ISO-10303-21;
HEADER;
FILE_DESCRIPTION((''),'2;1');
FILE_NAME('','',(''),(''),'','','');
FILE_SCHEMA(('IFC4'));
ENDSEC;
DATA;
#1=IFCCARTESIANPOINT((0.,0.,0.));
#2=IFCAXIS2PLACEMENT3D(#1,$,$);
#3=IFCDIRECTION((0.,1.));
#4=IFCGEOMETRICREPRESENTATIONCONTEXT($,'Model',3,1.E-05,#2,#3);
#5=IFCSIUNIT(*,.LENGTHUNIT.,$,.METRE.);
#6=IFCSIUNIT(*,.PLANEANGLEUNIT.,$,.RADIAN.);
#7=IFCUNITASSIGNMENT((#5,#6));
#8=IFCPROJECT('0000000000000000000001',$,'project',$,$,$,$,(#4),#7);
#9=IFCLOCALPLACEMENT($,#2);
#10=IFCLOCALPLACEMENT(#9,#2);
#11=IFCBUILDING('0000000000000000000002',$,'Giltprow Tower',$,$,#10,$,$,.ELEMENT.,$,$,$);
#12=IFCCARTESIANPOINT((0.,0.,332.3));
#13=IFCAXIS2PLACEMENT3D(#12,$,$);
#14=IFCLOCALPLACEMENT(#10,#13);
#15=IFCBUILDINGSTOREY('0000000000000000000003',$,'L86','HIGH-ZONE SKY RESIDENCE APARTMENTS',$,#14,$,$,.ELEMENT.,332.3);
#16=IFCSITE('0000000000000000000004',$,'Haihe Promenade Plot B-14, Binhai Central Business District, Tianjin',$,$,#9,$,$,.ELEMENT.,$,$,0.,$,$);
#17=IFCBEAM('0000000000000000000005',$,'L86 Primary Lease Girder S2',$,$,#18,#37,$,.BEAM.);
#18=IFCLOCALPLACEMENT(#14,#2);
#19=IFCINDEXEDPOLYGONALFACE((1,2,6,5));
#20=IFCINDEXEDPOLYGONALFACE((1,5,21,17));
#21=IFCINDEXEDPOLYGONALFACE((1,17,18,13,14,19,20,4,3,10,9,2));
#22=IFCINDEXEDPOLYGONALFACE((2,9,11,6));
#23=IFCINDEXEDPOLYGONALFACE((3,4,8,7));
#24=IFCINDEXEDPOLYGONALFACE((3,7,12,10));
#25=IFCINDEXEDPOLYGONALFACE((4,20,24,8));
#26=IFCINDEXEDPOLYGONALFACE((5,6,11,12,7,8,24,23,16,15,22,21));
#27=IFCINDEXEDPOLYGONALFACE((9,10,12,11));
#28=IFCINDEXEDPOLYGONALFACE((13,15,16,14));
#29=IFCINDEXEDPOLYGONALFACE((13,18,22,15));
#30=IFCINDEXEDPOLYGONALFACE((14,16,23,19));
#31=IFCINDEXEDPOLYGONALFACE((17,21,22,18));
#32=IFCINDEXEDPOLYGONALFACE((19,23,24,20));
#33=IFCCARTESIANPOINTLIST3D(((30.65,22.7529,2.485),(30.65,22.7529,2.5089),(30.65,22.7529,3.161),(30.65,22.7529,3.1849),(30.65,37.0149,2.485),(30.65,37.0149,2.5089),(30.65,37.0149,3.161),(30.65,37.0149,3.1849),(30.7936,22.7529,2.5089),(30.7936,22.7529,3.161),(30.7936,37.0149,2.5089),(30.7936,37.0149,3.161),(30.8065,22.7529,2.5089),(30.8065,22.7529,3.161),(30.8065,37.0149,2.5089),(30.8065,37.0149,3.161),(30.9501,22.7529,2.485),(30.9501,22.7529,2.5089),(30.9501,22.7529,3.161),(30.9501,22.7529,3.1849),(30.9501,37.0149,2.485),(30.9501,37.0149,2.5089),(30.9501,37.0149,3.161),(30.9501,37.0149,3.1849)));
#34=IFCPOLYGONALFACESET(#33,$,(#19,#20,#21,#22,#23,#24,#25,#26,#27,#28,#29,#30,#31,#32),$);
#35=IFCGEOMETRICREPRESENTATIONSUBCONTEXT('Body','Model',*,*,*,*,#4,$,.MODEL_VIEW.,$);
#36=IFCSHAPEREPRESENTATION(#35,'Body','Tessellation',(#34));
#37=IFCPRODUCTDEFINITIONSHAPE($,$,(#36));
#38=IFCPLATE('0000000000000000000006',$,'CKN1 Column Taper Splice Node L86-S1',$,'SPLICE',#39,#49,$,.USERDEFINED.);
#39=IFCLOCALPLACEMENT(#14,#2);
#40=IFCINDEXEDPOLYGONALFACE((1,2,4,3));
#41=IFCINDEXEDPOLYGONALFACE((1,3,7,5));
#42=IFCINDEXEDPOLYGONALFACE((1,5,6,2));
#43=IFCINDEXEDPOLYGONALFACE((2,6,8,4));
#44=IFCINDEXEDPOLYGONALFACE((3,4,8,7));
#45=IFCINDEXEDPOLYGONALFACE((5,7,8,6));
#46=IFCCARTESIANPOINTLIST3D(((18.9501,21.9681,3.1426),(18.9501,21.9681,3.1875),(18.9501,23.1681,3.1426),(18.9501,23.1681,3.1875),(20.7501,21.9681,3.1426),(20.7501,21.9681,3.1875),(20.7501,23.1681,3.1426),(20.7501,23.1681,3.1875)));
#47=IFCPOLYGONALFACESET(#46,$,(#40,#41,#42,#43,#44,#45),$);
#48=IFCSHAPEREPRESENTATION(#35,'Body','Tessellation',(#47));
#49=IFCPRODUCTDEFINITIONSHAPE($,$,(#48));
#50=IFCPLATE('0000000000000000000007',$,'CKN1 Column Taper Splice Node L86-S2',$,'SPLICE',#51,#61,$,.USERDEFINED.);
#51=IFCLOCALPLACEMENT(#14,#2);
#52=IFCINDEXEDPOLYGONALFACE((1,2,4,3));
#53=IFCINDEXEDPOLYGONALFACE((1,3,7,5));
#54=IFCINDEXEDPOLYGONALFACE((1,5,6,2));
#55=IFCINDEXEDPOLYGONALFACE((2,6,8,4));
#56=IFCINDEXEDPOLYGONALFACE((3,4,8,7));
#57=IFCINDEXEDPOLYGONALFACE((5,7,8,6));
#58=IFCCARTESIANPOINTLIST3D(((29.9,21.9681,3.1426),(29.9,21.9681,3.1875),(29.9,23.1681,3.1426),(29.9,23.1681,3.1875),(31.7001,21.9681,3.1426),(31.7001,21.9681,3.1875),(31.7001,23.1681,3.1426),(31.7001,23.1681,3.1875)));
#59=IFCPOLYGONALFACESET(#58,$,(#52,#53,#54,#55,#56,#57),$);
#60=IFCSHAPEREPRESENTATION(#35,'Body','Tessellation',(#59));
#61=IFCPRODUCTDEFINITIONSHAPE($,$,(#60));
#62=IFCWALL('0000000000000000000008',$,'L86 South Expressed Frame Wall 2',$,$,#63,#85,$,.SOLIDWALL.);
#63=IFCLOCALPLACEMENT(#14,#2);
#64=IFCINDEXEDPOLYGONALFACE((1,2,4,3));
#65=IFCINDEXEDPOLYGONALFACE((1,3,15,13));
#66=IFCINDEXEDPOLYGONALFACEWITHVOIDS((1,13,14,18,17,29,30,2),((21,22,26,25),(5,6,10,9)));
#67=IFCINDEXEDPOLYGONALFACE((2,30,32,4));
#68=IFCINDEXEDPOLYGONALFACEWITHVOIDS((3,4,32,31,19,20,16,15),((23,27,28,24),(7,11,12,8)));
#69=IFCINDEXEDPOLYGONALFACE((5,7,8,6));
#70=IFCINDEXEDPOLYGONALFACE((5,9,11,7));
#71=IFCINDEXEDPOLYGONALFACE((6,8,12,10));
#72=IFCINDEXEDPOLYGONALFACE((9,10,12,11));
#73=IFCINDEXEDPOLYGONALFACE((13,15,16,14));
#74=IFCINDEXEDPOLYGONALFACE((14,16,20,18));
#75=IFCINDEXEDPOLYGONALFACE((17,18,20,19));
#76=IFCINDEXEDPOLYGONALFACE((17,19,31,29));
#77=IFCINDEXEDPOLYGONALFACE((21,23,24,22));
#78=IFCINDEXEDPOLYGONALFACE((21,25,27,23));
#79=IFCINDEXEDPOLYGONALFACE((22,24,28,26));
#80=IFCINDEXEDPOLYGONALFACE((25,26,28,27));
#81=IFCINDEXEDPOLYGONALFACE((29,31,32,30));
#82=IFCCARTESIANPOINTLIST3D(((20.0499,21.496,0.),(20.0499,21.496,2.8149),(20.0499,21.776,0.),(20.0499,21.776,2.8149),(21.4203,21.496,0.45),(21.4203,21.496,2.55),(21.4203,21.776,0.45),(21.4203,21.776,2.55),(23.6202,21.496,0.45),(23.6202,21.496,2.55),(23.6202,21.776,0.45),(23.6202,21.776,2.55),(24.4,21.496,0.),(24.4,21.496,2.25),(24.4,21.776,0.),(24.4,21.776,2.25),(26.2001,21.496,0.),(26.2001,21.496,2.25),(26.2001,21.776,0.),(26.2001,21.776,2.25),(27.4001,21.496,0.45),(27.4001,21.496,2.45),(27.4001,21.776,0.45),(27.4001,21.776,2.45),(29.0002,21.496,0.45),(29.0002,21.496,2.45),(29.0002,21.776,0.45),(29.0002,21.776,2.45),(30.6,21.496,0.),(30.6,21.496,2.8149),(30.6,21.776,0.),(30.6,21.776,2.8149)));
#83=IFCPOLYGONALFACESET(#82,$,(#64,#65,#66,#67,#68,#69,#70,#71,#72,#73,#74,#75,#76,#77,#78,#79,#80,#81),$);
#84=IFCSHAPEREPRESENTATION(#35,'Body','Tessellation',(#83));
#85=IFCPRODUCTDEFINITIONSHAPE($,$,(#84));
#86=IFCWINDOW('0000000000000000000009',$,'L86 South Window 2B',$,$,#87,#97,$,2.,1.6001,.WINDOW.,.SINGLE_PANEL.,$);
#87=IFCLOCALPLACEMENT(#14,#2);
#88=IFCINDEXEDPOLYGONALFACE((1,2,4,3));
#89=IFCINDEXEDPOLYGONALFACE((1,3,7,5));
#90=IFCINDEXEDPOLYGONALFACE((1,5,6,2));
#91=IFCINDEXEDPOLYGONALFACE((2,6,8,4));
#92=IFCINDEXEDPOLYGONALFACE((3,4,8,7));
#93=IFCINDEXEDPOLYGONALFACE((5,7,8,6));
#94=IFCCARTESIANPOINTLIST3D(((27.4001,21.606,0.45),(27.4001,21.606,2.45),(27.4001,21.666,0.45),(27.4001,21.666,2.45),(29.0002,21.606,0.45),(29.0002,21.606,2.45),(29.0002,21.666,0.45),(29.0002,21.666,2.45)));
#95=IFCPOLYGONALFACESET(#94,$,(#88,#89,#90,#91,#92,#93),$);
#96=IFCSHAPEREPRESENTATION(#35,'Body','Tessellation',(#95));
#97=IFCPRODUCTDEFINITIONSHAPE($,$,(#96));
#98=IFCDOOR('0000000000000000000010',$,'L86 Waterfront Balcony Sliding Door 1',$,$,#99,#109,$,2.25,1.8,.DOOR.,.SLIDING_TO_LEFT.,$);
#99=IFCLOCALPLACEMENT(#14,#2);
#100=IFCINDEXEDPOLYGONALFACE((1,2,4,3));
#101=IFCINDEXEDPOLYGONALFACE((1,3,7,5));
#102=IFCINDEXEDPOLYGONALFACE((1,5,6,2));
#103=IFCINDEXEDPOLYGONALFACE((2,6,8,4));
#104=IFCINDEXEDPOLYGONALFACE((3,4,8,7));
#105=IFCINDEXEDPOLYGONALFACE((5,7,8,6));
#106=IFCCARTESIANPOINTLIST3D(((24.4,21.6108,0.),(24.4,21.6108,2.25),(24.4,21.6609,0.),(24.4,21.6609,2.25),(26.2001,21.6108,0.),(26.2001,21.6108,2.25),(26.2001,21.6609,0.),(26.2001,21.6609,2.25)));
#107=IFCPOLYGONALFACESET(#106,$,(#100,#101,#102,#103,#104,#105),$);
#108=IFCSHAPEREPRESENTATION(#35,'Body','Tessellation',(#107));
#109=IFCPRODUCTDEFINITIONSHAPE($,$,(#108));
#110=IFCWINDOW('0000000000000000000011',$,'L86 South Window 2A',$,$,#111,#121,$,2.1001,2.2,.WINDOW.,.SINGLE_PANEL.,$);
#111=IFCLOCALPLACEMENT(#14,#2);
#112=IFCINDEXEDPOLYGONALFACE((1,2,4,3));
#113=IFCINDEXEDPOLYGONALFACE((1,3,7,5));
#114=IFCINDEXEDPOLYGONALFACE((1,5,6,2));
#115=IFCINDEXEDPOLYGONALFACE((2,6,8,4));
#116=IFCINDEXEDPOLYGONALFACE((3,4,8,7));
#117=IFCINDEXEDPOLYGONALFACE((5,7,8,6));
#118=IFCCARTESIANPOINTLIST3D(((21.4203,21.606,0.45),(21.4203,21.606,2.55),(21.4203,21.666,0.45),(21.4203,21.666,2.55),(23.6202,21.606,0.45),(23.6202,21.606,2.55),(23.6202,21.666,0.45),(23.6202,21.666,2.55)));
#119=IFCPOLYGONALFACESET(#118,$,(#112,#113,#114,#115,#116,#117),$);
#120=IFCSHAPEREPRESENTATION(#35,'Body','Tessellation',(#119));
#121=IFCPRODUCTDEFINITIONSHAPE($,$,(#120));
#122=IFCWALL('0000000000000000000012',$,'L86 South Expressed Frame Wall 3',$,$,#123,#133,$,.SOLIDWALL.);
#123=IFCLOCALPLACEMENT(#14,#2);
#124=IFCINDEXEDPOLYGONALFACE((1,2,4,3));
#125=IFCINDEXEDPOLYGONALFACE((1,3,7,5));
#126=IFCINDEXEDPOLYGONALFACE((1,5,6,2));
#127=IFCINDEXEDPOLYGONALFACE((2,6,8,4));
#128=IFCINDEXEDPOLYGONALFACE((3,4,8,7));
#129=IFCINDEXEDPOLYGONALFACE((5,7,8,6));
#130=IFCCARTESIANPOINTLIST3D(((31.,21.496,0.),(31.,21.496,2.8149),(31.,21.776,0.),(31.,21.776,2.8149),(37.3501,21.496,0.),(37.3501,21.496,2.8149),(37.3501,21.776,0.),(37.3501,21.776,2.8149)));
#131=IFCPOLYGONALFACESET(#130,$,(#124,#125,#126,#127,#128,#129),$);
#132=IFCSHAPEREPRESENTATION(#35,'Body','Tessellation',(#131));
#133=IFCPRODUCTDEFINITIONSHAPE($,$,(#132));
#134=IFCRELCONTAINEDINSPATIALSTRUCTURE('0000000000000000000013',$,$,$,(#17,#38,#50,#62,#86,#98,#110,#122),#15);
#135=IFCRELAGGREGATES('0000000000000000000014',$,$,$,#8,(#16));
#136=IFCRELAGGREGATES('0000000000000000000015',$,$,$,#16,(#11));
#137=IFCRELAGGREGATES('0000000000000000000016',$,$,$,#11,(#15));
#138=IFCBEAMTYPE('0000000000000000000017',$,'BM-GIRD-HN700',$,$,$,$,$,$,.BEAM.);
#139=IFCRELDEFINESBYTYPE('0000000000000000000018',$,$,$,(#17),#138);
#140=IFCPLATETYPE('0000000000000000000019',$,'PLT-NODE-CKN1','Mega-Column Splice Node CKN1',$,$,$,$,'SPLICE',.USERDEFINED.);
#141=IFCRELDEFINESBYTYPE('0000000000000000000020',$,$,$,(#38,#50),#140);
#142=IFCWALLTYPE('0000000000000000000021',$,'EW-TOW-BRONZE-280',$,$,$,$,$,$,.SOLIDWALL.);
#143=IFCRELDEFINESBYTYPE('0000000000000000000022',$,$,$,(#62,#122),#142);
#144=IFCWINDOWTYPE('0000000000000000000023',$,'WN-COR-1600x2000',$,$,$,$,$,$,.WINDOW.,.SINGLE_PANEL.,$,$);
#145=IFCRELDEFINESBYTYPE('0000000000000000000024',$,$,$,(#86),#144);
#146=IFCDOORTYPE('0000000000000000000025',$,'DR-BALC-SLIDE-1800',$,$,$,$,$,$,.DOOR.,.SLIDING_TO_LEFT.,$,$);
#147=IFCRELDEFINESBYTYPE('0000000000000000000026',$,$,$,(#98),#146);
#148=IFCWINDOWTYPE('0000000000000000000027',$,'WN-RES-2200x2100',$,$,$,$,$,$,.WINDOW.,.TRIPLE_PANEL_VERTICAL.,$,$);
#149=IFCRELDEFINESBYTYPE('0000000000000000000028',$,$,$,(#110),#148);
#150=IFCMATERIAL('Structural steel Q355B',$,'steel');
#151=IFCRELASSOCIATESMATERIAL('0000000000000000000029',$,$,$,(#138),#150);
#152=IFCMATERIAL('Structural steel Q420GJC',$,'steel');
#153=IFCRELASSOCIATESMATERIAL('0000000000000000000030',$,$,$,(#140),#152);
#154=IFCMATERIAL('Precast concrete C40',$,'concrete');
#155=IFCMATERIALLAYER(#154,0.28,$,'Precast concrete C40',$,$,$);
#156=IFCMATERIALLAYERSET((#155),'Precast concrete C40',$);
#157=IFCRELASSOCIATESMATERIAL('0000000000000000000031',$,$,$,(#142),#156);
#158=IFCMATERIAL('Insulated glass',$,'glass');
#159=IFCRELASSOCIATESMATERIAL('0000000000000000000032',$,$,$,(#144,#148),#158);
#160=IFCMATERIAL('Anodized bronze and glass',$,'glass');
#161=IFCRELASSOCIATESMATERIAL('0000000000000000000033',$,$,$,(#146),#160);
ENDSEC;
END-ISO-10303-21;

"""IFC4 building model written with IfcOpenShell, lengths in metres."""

from ifc_helpers import new_model, si_unit, direction, frame, frame_2d, origin, origin_2d, place, context, subcontext, project, spatial, rectangle, i_section, extrude, source, transform, mapped, material, layer, layer_set, material_profile, profile_set, type_object, element, fill, save


model = new_model("IFC4")

# Units and contexts
model_context = context("Model", 3, precision=1e-05, world=origin(), true_north=direction((0.0, 1.0)))
body_context = subcontext(model_context, "Body", "Model", "MODEL_VIEW")
ifc_project = project(units=[si_unit("LENGTHUNIT", "METRE"), si_unit("PLANEANGLEUNIT", "RADIAN")], contexts=[model_context])

# Site, building, storey
site_placement = place(None, origin())
site = spatial("IfcSite", under=ifc_project, at=site_placement, Name="Haihe Promenade Plot B-14, Binhai Central Business District, Tianjin", CompositionType="ELEMENT", RefElevation=0.0)
building_placement = place(site_placement, origin())
building = spatial("IfcBuilding", under=site, at=building_placement, Name="Giltprow Tower", CompositionType="ELEMENT")
storey_placement = place(building_placement, frame((0.0, 0.0, 332.3)))
storey = spatial("IfcBuildingStorey", under=building, at=storey_placement, Name="L86", Description="HIGH-ZONE SKY RESIDENCE APARTMENTS", CompositionType="ELEMENT", Elevation=332.3)

# Shared definitions
ifc_material_1 = material(Name="Structural steel Q355B", Category="steel")

# Beam
ifc_material_profile_1 = material_profile(ifc_material_1, i_section(OverallWidth=0.3, OverallDepth=0.7, WebThickness=0.0129, FlangeThickness=0.0239, at=origin_2d()), Name="HN 700x300x13x24")
ifc_profile_set_1 = profile_set([ifc_material_profile_1], Name="Structural steel Q355B")
beam_type_1 = type_object("IfcBeamType", Name="BM-GIRD-HN700", PredefinedType="BEAM", material=ifc_profile_set_1)
shared_shape_1 = source(origin(), body_context, "Body", "SweptSolid", [
    extrude(i_section(OverallWidth=0.3, OverallDepth=0.7, WebThickness=0.0129, FlangeThickness=0.0239, at=origin_2d()), origin(), (0.0, 0.0, 1.0), 14.262),
])
for number, where, z_axis, x_axis, name in (
    (1, (30.8, 22.7529, 2.835), (0.0, 1.0, 0.0), (-1.0, 0.0, 0.0), "L86 Primary Lease Girder S2"),
):
    element("IfcBeam", number, at=place(storey_placement, frame(where, z_axis=z_axis, x_axis=x_axis)), inside=storey, type_object=beam_type_1, Name=name, PredefinedType="BEAM", context=body_context, shape_type="MappedRepresentation", body=[
        mapped(shared_shape_1, transform((0.0, 0.0, 0.0), x_axis=(1.0, 0.0, 0.0), y_axis=(0.0, 1.0, 0.0), z_axis=(0.0, 0.0, 1.0), scale=1.0)),
    ])

# Plates
ifc_material_2 = material(Name="Structural steel Q420GJC", Category="steel")
plate_type = type_object("IfcPlateType", Name="PLT-NODE-CKN1", Description="Mega-Column Splice Node CKN1", ElementType="SPLICE", PredefinedType="USERDEFINED", material=ifc_material_2)
shared_shape_2 = source(origin(), body_context, "Body", "SweptSolid", [
    extrude(rectangle(XDim=1.8, YDim=1.2, at=origin_2d()), origin(), (0.0, 0.0, 1.0), 0.0449),
])
for number, where, z_axis, x_axis, name in (
    (2, (19.8501, 22.5681, 3.1426), (0.0, 0.0, 1.0), (1.0, 0.0, 0.0), "CKN1 Column Taper Splice Node L86-S1"),
    (3, (30.8, 22.5681, 3.1426), (0.0, 0.0, 1.0), (1.0, 0.0, 0.0), "CKN1 Column Taper Splice Node L86-S2"),
):
    element("IfcPlate", number, at=place(storey_placement, frame(where, z_axis=z_axis, x_axis=x_axis)), inside=storey, type_object=plate_type, Name=name, ObjectType="SPLICE", PredefinedType="USERDEFINED", context=body_context, shape_type="MappedRepresentation", body=[
        mapped(shared_shape_2, transform((0.0, 0.0, 0.0), x_axis=(1.0, 0.0, 0.0), y_axis=(0.0, 1.0, 0.0), z_axis=(0.0, 0.0, 1.0), scale=1.0)),
    ])

# Wall, openings, windows, door
ifc_material_3 = material(Name="Precast concrete C40", Category="concrete")
ifc_layer_1 = layer(ifc_material_3, 0.28, Name="Precast concrete C40")
ifc_layer_set_1 = layer_set([ifc_layer_1], Name="Precast concrete C40")
wall_type_1 = type_object("IfcWallType", Name="EW-TOW-BRONZE-280", PredefinedType="SOLIDWALL", material=ifc_layer_set_1)
wall_1_placement = place(storey_placement, frame((20.05, 21.636, 0.0), z_axis=(0.0, 0.0, 1.0), x_axis=(1.0, 0.0, 0.0)))
wall_1 = element("IfcWall", 4, at=wall_1_placement, inside=storey, type_object=wall_type_1, Name="L86 South Expressed Frame Wall 2", PredefinedType="SOLIDWALL", context=body_context, shape_type="SweptSolid", body=[
    extrude(rectangle(XDim=10.55, YDim=0.28, at=frame_2d((5.2749, 0.0))), origin(), (0.0, 0.0, 1.0), 2.8149),
])
opening_1_placement = place(wall_1_placement, frame((4.3501, 0.0, 0.0)))
opening_1 = element("IfcOpeningElement", 5, at=opening_1_placement, cuts=wall_1, PredefinedType="OPENING", context=body_context, shape_type="SweptSolid", body=[
    extrude(rectangle(XDim=1.8, YDim=2.25, at=frame_2d((0.8999, 1.125))), frame((0.0, 0.1499, 0.0), z_axis=(0.0, -1.0, 0.0), x_axis=(1.0, 0.0, 0.0)), (0.0, 0.0, 1.0), 0.3),
])
opening_2_placement = place(wall_1_placement, frame((1.3701, 0.0, 0.45)))
opening_2 = element("IfcOpeningElement", 6, at=opening_2_placement, cuts=wall_1, PredefinedType="OPENING", context=body_context, shape_type="SweptSolid", body=[
    extrude(rectangle(XDim=2.2, YDim=2.1001, at=frame_2d((1.1001, 1.05))), frame((0.0, 0.1499, 0.0), z_axis=(0.0, -1.0, 0.0), x_axis=(1.0, 0.0, 0.0)), (0.0, 0.0, 1.0), 0.3),
])
opening_3_placement = place(wall_1_placement, frame((7.3501, 0.0, 0.45)))
opening_3 = element("IfcOpeningElement", 7, at=opening_3_placement, cuts=wall_1, PredefinedType="OPENING", context=body_context, shape_type="SweptSolid", body=[
    extrude(rectangle(XDim=1.6001, YDim=2.0, at=frame_2d((0.8, 1.0))), frame((0.0, 0.1499, 0.0), z_axis=(0.0, -1.0, 0.0), x_axis=(1.0, 0.0, 0.0)), (0.0, 0.0, 1.0), 0.3),
])
ifc_material_4 = material(Name="Insulated glass", Category="glass")
window_type_1 = type_object("IfcWindowType", Name="WN-COR-1600x2000", PartitioningType="SINGLE_PANEL", PredefinedType="WINDOW", material=ifc_material_4)
shared_shape_3 = source(origin(), body_context, "Body", "SweptSolid", [
    extrude(rectangle(XDim=1.6001, YDim=2.0, at=frame_2d((0.8, 1.0))), frame((0.0, 0.03, 0.0), z_axis=(0.0, -1.0, 0.0), x_axis=(1.0, 0.0, 0.0)), (0.0, 0.0, 1.0), 0.0601),
])
window_1_placement = place(opening_3_placement, origin())
window_1 = element("IfcWindow", 8, at=window_1_placement, inside=storey, type_object=window_type_1, Name="L86 South Window 2B", OverallHeight=2.0, OverallWidth=1.6001, PartitioningType="SINGLE_PANEL", PredefinedType="WINDOW", context=body_context, shape_type="MappedRepresentation", body=[
    mapped(shared_shape_3, transform((0.0, 0.0, 0.0), x_axis=(1.0, 0.0, 0.0), y_axis=(0.0, 1.0, 0.0), z_axis=(0.0, 0.0, 1.0), scale=1.0)),
])
fill(opening_3, window_1)
ifc_material_5 = material(Name="Anodized bronze and glass", Category="glass")
door_type_1 = type_object("IfcDoorType", Name="DR-BALC-SLIDE-1800", OperationType="SLIDING_TO_LEFT", PredefinedType="DOOR", material=ifc_material_5)
shared_shape_4 = source(origin(), body_context, "Body", "SweptSolid", [
    extrude(rectangle(XDim=1.8, YDim=2.25, at=frame_2d((0.8999, 1.125))), frame((0.0, 0.0249, 0.0), z_axis=(0.0, -1.0, 0.0), x_axis=(1.0, 0.0, 0.0)), (0.0, 0.0, 1.0), 0.05),
])
door_1_placement = place(opening_1_placement, origin())
door_1 = element("IfcDoor", 9, at=door_1_placement, inside=storey, type_object=door_type_1, Name="L86 Waterfront Balcony Sliding Door 1", OperationType="SLIDING_TO_LEFT", OverallHeight=2.25, OverallWidth=1.8, PredefinedType="DOOR", context=body_context, shape_type="MappedRepresentation", body=[
    mapped(shared_shape_4, transform((0.0, 0.0, 0.0), x_axis=(1.0, 0.0, 0.0), y_axis=(0.0, 1.0, 0.0), z_axis=(0.0, 0.0, 1.0), scale=1.0)),
])
fill(opening_1, door_1)
window_type_2 = type_object("IfcWindowType", Name="WN-RES-2200x2100", PartitioningType="TRIPLE_PANEL_VERTICAL", PredefinedType="WINDOW", material=ifc_material_4)
shared_shape_5 = source(origin(), body_context, "Body", "SweptSolid", [
    extrude(rectangle(XDim=2.2, YDim=2.1001, at=frame_2d((1.1001, 1.05))), frame((0.0, 0.03, 0.0), z_axis=(0.0, -1.0, 0.0), x_axis=(1.0, 0.0, 0.0)), (0.0, 0.0, 1.0), 0.0601),
])
window_2_placement = place(opening_2_placement, origin())
window_2 = element("IfcWindow", 10, at=window_2_placement, inside=storey, type_object=window_type_2, Name="L86 South Window 2A", OverallHeight=2.1001, OverallWidth=2.2, PartitioningType="SINGLE_PANEL", PredefinedType="WINDOW", context=body_context, shape_type="MappedRepresentation", body=[
    mapped(shared_shape_5, transform((0.0, 0.0, 0.0), x_axis=(1.0, 0.0, 0.0), y_axis=(0.0, 1.0, 0.0), z_axis=(0.0, 0.0, 1.0), scale=1.0)),
])
fill(opening_2, window_2)

# Wall
wall_2_placement = place(storey_placement, frame((31.0, 21.636, 0.0), z_axis=(0.0, 0.0, 1.0), x_axis=(1.0, 0.0, 0.0)))
element("IfcWall", 11, at=wall_2_placement, inside=storey, type_object=wall_type_1, Name="L86 South Expressed Frame Wall 3", PredefinedType="SOLIDWALL", context=body_context, shape_type="SweptSolid", body=[
    extrude(rectangle(XDim=6.3501, YDim=0.28, at=frame_2d((3.175, 0.0))), origin(), (0.0, 0.0, 1.0), 2.8149),
])

save(model, "model.ifc")
